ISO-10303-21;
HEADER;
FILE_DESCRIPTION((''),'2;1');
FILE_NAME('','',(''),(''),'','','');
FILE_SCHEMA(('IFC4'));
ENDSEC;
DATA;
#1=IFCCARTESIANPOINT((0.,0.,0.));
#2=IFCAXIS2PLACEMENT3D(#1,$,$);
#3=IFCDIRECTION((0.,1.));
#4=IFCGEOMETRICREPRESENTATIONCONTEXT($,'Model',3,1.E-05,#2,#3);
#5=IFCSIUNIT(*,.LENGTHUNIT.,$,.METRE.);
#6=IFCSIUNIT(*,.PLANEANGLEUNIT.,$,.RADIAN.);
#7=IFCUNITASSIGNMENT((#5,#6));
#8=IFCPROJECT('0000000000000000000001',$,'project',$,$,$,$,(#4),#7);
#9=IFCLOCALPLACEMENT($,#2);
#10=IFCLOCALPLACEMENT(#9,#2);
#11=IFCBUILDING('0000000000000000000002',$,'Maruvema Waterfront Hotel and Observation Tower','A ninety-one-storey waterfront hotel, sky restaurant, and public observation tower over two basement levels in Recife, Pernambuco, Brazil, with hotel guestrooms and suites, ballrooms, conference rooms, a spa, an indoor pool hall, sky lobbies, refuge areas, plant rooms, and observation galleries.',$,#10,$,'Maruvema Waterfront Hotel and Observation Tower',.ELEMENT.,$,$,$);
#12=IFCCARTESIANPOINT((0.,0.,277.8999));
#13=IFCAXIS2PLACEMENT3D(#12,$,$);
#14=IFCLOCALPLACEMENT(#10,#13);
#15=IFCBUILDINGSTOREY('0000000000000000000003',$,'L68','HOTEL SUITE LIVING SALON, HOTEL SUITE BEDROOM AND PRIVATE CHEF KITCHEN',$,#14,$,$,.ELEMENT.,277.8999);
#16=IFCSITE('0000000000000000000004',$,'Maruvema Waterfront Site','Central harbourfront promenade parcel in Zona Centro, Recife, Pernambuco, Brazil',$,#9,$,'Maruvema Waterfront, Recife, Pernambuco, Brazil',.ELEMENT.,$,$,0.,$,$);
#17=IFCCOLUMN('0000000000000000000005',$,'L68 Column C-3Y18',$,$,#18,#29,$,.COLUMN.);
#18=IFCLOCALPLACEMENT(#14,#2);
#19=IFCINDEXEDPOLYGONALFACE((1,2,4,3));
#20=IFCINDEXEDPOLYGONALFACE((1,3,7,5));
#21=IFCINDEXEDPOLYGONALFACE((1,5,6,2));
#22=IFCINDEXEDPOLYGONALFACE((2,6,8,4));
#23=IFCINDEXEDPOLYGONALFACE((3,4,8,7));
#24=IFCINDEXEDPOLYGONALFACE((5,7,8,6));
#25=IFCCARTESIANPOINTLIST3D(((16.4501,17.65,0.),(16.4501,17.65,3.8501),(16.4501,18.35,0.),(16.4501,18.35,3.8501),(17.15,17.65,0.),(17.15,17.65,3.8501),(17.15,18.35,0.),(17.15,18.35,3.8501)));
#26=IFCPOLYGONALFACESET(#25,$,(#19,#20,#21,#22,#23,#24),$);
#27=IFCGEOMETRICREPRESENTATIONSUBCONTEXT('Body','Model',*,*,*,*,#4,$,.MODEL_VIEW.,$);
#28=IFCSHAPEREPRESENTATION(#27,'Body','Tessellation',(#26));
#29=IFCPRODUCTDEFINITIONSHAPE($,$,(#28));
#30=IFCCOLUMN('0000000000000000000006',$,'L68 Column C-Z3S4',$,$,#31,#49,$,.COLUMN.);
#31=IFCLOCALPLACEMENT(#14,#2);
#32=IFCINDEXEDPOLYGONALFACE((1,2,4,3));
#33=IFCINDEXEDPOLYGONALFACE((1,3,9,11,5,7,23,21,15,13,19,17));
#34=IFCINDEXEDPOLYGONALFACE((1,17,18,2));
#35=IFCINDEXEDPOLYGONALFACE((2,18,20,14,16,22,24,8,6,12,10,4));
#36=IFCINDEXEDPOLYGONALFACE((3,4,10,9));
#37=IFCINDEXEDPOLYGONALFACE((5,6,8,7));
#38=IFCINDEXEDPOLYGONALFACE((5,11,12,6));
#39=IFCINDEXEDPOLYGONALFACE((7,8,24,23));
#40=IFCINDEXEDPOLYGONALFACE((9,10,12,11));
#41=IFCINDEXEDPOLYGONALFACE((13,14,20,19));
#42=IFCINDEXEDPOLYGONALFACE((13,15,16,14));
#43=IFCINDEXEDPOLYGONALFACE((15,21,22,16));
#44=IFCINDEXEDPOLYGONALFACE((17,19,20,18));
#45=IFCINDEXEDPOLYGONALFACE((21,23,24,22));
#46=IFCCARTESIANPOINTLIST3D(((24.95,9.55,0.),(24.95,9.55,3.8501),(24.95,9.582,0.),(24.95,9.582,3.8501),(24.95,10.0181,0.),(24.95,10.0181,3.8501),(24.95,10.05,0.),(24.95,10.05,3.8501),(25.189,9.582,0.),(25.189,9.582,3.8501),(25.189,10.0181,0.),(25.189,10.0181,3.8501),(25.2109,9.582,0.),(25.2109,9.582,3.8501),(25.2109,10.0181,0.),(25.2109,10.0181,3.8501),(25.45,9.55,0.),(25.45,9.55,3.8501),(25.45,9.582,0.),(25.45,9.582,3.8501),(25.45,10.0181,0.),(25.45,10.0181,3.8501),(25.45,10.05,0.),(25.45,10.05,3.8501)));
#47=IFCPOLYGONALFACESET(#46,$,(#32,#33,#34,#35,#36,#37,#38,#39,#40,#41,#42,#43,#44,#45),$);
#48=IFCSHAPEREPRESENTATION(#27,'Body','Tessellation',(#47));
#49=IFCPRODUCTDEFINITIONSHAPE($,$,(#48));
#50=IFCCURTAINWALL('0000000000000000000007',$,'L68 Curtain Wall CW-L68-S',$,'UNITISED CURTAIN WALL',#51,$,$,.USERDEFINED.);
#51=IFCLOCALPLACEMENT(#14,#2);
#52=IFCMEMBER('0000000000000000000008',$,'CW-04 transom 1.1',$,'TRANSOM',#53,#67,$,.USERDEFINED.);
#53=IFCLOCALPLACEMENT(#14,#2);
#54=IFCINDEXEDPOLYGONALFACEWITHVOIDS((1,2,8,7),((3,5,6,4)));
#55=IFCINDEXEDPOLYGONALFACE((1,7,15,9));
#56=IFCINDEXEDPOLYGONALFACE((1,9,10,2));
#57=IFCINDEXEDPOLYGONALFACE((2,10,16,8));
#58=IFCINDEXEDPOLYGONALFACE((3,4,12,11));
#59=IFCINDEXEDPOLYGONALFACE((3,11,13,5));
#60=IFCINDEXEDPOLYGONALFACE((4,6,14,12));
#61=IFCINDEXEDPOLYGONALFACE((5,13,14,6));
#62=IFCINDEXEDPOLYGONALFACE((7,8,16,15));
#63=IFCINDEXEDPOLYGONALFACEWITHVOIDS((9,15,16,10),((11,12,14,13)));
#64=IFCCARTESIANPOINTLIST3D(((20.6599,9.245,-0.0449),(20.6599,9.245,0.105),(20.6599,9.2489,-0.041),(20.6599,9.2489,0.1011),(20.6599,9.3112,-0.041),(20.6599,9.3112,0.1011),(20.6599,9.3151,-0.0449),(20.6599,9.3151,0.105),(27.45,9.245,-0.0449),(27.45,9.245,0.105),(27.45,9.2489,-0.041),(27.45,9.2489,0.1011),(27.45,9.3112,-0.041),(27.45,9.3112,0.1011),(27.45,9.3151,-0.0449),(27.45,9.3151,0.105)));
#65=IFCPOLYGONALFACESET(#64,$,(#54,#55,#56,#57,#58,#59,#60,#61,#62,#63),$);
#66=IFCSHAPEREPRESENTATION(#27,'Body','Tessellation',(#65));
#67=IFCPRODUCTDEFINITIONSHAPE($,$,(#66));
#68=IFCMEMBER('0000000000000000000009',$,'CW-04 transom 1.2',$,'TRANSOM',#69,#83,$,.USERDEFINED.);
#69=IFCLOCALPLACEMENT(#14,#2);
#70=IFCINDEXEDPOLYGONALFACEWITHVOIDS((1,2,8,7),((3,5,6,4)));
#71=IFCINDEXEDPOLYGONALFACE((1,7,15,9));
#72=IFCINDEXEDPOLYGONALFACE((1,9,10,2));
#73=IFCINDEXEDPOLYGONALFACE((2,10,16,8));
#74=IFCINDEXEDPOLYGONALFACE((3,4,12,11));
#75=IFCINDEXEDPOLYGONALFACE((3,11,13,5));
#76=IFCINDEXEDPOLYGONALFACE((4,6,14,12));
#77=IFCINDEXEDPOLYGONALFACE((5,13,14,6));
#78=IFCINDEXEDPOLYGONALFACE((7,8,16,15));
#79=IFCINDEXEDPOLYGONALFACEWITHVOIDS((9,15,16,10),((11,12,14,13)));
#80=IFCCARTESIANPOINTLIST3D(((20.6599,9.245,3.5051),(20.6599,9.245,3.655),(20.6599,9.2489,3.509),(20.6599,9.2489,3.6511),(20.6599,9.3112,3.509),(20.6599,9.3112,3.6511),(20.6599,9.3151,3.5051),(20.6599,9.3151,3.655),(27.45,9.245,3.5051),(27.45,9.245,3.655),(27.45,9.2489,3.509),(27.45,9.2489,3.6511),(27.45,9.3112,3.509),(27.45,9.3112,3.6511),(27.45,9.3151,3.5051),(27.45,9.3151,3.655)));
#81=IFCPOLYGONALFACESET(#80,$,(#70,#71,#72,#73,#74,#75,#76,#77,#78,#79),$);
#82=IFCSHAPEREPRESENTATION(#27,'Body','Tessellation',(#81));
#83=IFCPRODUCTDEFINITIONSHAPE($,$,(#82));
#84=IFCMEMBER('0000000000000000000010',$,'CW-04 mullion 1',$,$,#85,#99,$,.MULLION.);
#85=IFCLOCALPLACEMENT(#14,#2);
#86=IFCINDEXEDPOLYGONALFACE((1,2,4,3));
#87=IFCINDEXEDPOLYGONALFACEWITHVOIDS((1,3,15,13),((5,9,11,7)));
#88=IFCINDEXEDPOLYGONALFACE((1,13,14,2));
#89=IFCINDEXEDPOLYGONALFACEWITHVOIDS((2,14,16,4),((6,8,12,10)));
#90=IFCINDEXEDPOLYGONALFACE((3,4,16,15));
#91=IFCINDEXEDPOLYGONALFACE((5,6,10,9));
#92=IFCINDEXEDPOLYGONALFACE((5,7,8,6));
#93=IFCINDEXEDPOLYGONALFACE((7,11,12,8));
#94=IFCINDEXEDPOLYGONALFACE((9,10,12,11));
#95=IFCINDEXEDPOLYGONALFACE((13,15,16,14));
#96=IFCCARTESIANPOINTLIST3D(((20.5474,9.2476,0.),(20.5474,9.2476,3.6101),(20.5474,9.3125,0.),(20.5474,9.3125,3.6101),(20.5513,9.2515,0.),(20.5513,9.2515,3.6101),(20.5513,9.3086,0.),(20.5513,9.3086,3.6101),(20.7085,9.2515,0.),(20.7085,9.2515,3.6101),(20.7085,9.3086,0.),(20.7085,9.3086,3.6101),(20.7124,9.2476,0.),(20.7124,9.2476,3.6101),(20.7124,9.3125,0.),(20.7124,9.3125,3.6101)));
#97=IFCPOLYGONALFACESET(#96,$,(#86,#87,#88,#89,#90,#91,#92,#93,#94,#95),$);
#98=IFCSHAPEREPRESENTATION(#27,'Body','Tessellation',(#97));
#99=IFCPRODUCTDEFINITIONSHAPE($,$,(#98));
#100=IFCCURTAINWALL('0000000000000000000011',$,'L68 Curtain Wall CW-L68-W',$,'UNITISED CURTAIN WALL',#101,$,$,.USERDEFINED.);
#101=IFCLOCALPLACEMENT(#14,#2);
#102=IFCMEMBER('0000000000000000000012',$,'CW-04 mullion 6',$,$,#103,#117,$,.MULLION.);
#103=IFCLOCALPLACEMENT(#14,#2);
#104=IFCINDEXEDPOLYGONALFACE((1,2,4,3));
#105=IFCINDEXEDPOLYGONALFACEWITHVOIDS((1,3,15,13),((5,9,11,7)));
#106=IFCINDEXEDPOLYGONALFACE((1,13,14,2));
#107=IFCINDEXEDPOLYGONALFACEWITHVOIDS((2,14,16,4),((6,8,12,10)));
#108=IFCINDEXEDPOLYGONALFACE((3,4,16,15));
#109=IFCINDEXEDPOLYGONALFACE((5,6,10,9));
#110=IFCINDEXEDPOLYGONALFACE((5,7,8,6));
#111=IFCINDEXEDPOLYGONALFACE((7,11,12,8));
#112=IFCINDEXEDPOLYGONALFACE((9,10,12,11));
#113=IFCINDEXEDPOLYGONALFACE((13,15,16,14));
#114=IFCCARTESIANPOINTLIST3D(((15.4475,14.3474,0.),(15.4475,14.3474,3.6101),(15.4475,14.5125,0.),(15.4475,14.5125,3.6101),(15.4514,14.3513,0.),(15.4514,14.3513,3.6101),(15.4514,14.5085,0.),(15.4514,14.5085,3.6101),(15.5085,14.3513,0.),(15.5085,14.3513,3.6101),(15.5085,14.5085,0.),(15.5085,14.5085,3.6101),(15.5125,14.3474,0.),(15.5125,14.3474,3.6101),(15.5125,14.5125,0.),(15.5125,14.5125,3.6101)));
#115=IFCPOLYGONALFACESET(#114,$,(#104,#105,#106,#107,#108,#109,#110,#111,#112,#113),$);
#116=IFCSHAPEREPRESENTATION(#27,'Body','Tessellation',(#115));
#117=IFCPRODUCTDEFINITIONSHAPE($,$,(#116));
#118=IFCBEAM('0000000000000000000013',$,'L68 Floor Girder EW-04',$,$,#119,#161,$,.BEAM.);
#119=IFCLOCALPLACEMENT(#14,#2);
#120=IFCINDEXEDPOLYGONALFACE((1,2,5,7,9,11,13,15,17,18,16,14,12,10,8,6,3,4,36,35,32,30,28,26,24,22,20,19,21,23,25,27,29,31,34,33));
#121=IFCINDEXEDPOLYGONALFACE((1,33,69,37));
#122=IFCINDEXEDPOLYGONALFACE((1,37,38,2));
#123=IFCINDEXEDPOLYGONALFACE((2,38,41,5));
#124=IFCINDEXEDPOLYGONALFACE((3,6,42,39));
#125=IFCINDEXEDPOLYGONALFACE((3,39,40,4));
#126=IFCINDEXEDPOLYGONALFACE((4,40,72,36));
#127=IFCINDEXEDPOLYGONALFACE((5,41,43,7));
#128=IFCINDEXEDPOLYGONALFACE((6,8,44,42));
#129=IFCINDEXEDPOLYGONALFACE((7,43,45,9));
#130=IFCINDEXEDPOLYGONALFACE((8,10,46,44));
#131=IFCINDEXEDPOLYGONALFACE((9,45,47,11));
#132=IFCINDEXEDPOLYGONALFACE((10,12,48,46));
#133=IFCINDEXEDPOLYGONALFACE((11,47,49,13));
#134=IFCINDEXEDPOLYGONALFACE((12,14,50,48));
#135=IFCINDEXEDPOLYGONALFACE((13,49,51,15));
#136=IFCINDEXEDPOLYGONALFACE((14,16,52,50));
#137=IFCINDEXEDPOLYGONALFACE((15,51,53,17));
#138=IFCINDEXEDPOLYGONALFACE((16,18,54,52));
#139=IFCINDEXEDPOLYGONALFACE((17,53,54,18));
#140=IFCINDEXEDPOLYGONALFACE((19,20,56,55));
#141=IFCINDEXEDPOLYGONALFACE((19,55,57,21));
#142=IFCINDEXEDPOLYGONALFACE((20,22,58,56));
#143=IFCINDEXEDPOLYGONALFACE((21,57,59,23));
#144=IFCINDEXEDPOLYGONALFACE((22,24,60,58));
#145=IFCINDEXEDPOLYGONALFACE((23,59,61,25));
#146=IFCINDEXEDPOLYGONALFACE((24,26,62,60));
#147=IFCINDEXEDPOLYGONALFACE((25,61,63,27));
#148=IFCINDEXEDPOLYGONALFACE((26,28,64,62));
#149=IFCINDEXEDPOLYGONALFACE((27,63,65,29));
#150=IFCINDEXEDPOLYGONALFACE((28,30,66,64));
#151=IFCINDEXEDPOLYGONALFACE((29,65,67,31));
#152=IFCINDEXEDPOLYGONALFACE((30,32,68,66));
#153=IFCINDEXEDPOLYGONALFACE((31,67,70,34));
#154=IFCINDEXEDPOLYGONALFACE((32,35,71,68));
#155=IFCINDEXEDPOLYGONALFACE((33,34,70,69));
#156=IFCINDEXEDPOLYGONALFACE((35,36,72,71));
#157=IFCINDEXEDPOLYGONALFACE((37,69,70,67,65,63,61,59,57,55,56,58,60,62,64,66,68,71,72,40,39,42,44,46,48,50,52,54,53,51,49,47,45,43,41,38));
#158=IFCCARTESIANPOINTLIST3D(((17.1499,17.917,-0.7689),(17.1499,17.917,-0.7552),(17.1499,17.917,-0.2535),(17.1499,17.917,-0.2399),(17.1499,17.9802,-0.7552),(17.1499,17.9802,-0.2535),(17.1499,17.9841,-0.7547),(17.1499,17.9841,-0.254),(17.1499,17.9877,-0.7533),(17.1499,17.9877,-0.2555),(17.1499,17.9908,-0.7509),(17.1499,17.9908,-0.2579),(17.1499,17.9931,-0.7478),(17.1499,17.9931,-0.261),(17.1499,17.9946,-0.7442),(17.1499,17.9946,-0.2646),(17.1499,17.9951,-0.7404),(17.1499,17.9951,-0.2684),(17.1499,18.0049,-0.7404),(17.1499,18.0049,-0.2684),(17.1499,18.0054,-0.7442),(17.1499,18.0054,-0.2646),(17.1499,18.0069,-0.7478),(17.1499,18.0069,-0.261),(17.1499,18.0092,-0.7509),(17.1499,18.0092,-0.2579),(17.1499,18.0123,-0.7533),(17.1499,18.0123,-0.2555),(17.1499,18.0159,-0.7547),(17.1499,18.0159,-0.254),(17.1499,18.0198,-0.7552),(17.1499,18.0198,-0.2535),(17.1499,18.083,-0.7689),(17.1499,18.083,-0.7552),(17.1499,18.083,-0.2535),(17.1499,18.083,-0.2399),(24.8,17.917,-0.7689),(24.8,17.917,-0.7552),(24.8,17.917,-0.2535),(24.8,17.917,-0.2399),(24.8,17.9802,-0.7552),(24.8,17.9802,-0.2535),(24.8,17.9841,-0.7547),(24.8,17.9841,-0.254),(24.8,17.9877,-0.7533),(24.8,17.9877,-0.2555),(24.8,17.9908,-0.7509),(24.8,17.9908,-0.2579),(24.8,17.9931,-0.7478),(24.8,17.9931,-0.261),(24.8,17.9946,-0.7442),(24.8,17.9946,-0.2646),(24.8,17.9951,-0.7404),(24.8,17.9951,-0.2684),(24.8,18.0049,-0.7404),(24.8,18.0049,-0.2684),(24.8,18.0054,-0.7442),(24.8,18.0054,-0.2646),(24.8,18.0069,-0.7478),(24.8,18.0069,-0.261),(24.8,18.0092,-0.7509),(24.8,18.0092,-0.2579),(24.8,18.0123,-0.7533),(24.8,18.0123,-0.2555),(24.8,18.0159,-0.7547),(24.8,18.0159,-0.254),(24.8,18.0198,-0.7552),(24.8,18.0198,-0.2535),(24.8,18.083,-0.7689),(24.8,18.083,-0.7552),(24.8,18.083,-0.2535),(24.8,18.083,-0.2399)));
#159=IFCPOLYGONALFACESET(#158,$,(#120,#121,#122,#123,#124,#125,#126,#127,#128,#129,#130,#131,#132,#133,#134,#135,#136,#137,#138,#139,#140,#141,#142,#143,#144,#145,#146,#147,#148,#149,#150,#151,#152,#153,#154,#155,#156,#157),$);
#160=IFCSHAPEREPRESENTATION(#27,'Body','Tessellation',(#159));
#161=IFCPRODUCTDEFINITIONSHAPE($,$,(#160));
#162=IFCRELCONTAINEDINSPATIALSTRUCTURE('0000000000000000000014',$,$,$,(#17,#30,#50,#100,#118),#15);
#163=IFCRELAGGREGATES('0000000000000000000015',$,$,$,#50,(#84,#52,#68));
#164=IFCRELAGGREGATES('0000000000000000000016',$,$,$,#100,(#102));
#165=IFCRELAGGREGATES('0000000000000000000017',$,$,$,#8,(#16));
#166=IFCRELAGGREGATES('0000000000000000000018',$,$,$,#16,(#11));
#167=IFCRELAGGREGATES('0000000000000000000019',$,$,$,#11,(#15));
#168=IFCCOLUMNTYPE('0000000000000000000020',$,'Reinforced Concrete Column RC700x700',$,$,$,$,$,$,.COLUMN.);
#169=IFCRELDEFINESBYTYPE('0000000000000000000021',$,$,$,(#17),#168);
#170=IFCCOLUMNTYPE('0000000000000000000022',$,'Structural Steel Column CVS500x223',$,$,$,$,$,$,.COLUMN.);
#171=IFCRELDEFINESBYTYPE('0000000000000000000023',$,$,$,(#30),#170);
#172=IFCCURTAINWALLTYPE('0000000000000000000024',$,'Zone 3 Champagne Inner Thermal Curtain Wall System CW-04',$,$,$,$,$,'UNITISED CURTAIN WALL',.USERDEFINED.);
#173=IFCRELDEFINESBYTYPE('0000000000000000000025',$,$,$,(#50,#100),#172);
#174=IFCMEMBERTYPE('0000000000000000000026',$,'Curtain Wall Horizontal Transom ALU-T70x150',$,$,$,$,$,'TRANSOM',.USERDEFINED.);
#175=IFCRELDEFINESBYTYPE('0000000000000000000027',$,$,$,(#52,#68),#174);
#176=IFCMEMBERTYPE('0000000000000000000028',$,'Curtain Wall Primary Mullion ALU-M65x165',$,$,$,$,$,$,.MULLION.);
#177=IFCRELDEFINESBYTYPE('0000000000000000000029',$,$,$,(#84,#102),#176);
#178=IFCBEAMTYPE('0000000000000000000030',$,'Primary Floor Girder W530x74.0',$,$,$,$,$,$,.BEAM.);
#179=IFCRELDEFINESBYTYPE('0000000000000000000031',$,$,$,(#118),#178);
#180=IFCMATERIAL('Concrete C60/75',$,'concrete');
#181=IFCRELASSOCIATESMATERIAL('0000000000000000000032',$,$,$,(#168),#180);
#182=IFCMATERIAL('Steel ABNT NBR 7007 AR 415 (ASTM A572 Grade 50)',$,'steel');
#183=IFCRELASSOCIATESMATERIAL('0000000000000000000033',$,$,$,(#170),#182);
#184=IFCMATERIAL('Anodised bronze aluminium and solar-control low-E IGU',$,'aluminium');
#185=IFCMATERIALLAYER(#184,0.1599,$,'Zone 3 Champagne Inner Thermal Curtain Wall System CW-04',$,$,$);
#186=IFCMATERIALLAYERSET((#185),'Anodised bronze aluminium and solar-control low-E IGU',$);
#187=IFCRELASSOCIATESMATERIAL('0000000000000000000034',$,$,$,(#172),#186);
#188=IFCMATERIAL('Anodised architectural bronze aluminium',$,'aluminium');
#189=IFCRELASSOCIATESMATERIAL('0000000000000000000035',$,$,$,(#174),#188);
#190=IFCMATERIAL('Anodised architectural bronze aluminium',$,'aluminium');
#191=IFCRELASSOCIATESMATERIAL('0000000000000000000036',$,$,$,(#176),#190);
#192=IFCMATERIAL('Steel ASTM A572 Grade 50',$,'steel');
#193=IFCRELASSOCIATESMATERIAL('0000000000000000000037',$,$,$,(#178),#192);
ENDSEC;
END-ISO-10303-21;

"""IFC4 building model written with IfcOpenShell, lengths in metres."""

from ifc_helpers import new_model, si_unit, direction, frame, origin, origin_2d, place, context, subcontext, project, spatial, rectangle, hollow_rectangle, i_section, extrude, material, layer, layer_set, material_profile, profile_set, type_object, element, aggregate, save


model = new_model("IFC4")

# Units and contexts
model_context = context("Model", 3, precision=1e-05, world=origin(), true_north=direction((0.0, 1.0)))
body_context = subcontext(model_context, "Body", "Model", "MODEL_VIEW")
ifc_project = project(units=[si_unit("LENGTHUNIT", "METRE"), si_unit("PLANEANGLEUNIT", "RADIAN")], contexts=[model_context])

# Site, building, storey
site_placement = place(None, origin())
site = spatial("IfcSite", under=ifc_project, at=site_placement, Name="Maruvema Waterfront Site", Description="Central harbourfront promenade parcel in Zona Centro, Recife, Pernambuco, Brazil", LongName="Maruvema Waterfront, Recife, Pernambuco, Brazil", CompositionType="ELEMENT", RefElevation=0.0)
building_placement = place(site_placement, origin())
building = spatial("IfcBuilding", under=site, at=building_placement, Name="Maruvema Waterfront Hotel and Observation Tower", Description="A ninety-one-storey waterfront hotel, sky restaurant, and public observation tower over two basement levels in Recife, Pernambuco, Brazil, with hotel guestrooms and suites, ballrooms, conference rooms, a spa, an indoor pool hall, sky lobbies, refuge areas, plant rooms, and observation galleries.", LongName="Maruvema Waterfront Hotel and Observation Tower", CompositionType="ELEMENT")
storey_placement = place(building_placement, frame((0.0, 0.0, 277.8999)))
storey = spatial("IfcBuildingStorey", under=building, at=storey_placement, Name="L68", Description="HOTEL SUITE LIVING SALON, HOTEL SUITE BEDROOM AND PRIVATE CHEF KITCHEN", CompositionType="ELEMENT", Elevation=277.8999)

# Columns
ifc_material_1 = material(Name="Concrete C60/75", Category="concrete")
ifc_material_profile_1 = material_profile(ifc_material_1, rectangle(XDim=0.7, YDim=0.7, at=origin_2d()), Name="RC700x700")
ifc_profile_set_1 = profile_set([ifc_material_profile_1], Name="Concrete C60/75")
column_type_1 = type_object("IfcColumnType", Name="Reinforced Concrete Column RC700x700", PredefinedType="COLUMN", material=ifc_profile_set_1)
column_1_placement = place(storey_placement, frame((16.8, 18.0, 0.0), z_axis=(0.0, 0.0, 1.0), x_axis=(1.0, 0.0, 0.0)))
element("IfcColumn", 1, at=column_1_placement, inside=storey, type_object=column_type_1, Name="L68 Column C-3Y18", PredefinedType="COLUMN", context=body_context, shape_type="SweptSolid", body=[
    extrude(rectangle(XDim=0.7, YDim=0.7, at=origin_2d()), origin(), (0.0, 0.0, 1.0), 3.8501),
])
ifc_material_2 = material(Name="Steel ABNT NBR 7007 AR 415 (ASTM A572 Grade 50)", Category="steel")
ifc_material_profile_2 = material_profile(ifc_material_2, i_section(OverallWidth=0.5, OverallDepth=0.5, WebThickness=0.022, FlangeThickness=0.032, at=origin_2d()), Name="CVS500x223")
ifc_profile_set_2 = profile_set([ifc_material_profile_2], Name="Steel ABNT NBR 7007 AR 415 (ASTM A572 Grade 50)")
column_type_2 = type_object("IfcColumnType", Name="Structural Steel Column CVS500x223", PredefinedType="COLUMN", material=ifc_profile_set_2)
column_2_placement = place(storey_placement, frame((25.2, 9.8, 0.0), z_axis=(0.0, 0.0, 1.0), x_axis=(1.0, 0.0, 0.0)))
element("IfcColumn", 2, at=column_2_placement, inside=storey, type_object=column_type_2, Name="L68 Column C-Z3S4", PredefinedType="COLUMN", context=body_context, shape_type="SweptSolid", body=[
    extrude(i_section(OverallWidth=0.5, OverallDepth=0.5, WebThickness=0.022, FlangeThickness=0.032, at=origin_2d()), origin(), (0.0, 0.0, 1.0), 3.8501),
])

# Curtain wall, members
ifc_material_3 = material(Name="Anodised bronze aluminium and solar-control low-E IGU", Category="aluminium")
ifc_layer_1 = layer(ifc_material_3, 0.1599, Name="Zone 3 Champagne Inner Thermal Curtain Wall System CW-04")
ifc_layer_set_1 = layer_set([ifc_layer_1], Name="Anodised bronze aluminium and solar-control low-E IGU")
curtain_wall_type = type_object("IfcCurtainWallType", Name="Zone 3 Champagne Inner Thermal Curtain Wall System CW-04", ElementType="UNITISED CURTAIN WALL", PredefinedType="USERDEFINED", material=ifc_layer_set_1)
curtain_wall_1_placement = place(storey_placement, origin())
curtain_wall_1 = element("IfcCurtainWall", 3, at=curtain_wall_1_placement, inside=storey, type_object=curtain_wall_type, Name="L68 Curtain Wall CW-L68-S", ObjectType="UNITISED CURTAIN WALL", PredefinedType="USERDEFINED")
ifc_material_4 = material(Name="Anodised architectural bronze aluminium", Category="aluminium")
ifc_material_profile_3 = material_profile(ifc_material_4, hollow_rectangle(XDim=0.0701, YDim=0.1499, WallThickness=0.0039, at=origin_2d()), Name="ALU-T70x150")
ifc_profile_set_3 = profile_set([ifc_material_profile_3], Name="Anodised architectural bronze aluminium")
member_type_1 = type_object("IfcMemberType", Name="Curtain Wall Horizontal Transom ALU-T70x150", ElementType="TRANSOM", PredefinedType="USERDEFINED", material=ifc_profile_set_3)
member_1_placement = place(storey_placement, frame((20.6599, 9.28, 0.03), z_axis=(1.0, 0.0, 0.0), x_axis=(0.0, 1.0, 0.0)))
member_1 = element("IfcMember", 4, at=member_1_placement, type_object=member_type_1, Name="CW-04 transom 1.1", ObjectType="TRANSOM", PredefinedType="USERDEFINED", context=body_context, shape_type="SweptSolid", body=[
    extrude(hollow_rectangle(XDim=0.0701, YDim=0.1499, WallThickness=0.0039, at=origin_2d()), origin(), (0.0, 0.0, 1.0), 6.79),
])
member_2_placement = place(storey_placement, frame((20.6599, 9.28, 3.5801), z_axis=(1.0, 0.0, 0.0), x_axis=(0.0, 1.0, 0.0)))
member_2 = element("IfcMember", 5, at=member_2_placement, type_object=member_type_1, Name="CW-04 transom 1.2", ObjectType="TRANSOM", PredefinedType="USERDEFINED", context=body_context, shape_type="SweptSolid", body=[
    extrude(hollow_rectangle(XDim=0.0701, YDim=0.1499, WallThickness=0.0039, at=origin_2d()), origin(), (0.0, 0.0, 1.0), 6.79),
])
ifc_material_5 = material(Name="Anodised architectural bronze aluminium", Category="aluminium")
ifc_material_profile_4 = material_profile(ifc_material_5, hollow_rectangle(XDim=0.0649, YDim=0.165, WallThickness=0.0039, at=origin_2d()), Name="ALU-M65x165")
ifc_profile_set_4 = profile_set([ifc_material_profile_4], Name="Anodised architectural bronze aluminium")
member_type_2 = type_object("IfcMemberType", Name="Curtain Wall Primary Mullion ALU-M65x165", PredefinedType="MULLION", material=ifc_profile_set_4)
member_3_placement = place(storey_placement, frame((20.6299, 9.28, 0.0), z_axis=(0.0, 0.0, 1.0), x_axis=(0.0, 1.0, 0.0)))
member_3 = element("IfcMember", 6, at=member_3_placement, type_object=member_type_2, Name="CW-04 mullion 1", PredefinedType="MULLION", context=body_context, shape_type="SweptSolid", body=[
    extrude(hollow_rectangle(XDim=0.0649, YDim=0.165, WallThickness=0.0039, at=origin_2d()), origin(), (0.0, 0.0, 1.0), 3.6101),
])

# Curtain wall, member
curtain_wall_2_placement = place(storey_placement, origin())
curtain_wall_2 = element("IfcCurtainWall", 7, at=curtain_wall_2_placement, inside=storey, type_object=curtain_wall_type, Name="L68 Curtain Wall CW-L68-W", ObjectType="UNITISED CURTAIN WALL", PredefinedType="USERDEFINED")
member_4_placement = place(storey_placement, frame((15.48, 14.4299, 0.0), z_axis=(0.0, 0.0, 1.0), x_axis=(1.0, 0.0, 0.0)))
member_4 = element("IfcMember", 8, at=member_4_placement, type_object=member_type_2, Name="CW-04 mullion 6", PredefinedType="MULLION", context=body_context, shape_type="SweptSolid", body=[
    extrude(hollow_rectangle(XDim=0.0649, YDim=0.165, WallThickness=0.0039, at=origin_2d()), origin(), (0.0, 0.0, 1.0), 3.6101),
])

# Beam
ifc_material_6 = material(Name="Steel ASTM A572 Grade 50", Category="steel")
ifc_material_profile_5 = material_profile(ifc_material_6, i_section(OverallWidth=0.166, OverallDepth=0.5291, WebThickness=0.0098, FlangeThickness=0.0137, FilletRadius=0.0149, at=origin_2d()), Name="W530x74.0")
ifc_profile_set_5 = profile_set([ifc_material_profile_5], Name="Steel ASTM A572 Grade 50")
beam_type_1 = type_object("IfcBeamType", Name="Primary Floor Girder W530x74.0", PredefinedType="BEAM", material=ifc_profile_set_5)
beam_1_placement = place(storey_placement, frame((17.1499, 18.0, -0.5044), z_axis=(1.0, 0.0, 0.0), x_axis=(0.0, 1.0, 0.0)))
element("IfcBeam", 9, at=beam_1_placement, inside=storey, type_object=beam_type_1, Name="L68 Floor Girder EW-04", PredefinedType="BEAM", context=body_context, shape_type="SweptSolid", body=[
    extrude(i_section(OverallWidth=0.166, OverallDepth=0.5291, WebThickness=0.0098, FlangeThickness=0.0137, FilletRadius=0.0149, at=origin_2d()), origin(), (0.0, 0.0, 1.0), 7.6501),
])

aggregate(curtain_wall_1, [member_3, member_1, member_2])
aggregate(curtain_wall_2, [member_4])

save(model, "model.ifc")
